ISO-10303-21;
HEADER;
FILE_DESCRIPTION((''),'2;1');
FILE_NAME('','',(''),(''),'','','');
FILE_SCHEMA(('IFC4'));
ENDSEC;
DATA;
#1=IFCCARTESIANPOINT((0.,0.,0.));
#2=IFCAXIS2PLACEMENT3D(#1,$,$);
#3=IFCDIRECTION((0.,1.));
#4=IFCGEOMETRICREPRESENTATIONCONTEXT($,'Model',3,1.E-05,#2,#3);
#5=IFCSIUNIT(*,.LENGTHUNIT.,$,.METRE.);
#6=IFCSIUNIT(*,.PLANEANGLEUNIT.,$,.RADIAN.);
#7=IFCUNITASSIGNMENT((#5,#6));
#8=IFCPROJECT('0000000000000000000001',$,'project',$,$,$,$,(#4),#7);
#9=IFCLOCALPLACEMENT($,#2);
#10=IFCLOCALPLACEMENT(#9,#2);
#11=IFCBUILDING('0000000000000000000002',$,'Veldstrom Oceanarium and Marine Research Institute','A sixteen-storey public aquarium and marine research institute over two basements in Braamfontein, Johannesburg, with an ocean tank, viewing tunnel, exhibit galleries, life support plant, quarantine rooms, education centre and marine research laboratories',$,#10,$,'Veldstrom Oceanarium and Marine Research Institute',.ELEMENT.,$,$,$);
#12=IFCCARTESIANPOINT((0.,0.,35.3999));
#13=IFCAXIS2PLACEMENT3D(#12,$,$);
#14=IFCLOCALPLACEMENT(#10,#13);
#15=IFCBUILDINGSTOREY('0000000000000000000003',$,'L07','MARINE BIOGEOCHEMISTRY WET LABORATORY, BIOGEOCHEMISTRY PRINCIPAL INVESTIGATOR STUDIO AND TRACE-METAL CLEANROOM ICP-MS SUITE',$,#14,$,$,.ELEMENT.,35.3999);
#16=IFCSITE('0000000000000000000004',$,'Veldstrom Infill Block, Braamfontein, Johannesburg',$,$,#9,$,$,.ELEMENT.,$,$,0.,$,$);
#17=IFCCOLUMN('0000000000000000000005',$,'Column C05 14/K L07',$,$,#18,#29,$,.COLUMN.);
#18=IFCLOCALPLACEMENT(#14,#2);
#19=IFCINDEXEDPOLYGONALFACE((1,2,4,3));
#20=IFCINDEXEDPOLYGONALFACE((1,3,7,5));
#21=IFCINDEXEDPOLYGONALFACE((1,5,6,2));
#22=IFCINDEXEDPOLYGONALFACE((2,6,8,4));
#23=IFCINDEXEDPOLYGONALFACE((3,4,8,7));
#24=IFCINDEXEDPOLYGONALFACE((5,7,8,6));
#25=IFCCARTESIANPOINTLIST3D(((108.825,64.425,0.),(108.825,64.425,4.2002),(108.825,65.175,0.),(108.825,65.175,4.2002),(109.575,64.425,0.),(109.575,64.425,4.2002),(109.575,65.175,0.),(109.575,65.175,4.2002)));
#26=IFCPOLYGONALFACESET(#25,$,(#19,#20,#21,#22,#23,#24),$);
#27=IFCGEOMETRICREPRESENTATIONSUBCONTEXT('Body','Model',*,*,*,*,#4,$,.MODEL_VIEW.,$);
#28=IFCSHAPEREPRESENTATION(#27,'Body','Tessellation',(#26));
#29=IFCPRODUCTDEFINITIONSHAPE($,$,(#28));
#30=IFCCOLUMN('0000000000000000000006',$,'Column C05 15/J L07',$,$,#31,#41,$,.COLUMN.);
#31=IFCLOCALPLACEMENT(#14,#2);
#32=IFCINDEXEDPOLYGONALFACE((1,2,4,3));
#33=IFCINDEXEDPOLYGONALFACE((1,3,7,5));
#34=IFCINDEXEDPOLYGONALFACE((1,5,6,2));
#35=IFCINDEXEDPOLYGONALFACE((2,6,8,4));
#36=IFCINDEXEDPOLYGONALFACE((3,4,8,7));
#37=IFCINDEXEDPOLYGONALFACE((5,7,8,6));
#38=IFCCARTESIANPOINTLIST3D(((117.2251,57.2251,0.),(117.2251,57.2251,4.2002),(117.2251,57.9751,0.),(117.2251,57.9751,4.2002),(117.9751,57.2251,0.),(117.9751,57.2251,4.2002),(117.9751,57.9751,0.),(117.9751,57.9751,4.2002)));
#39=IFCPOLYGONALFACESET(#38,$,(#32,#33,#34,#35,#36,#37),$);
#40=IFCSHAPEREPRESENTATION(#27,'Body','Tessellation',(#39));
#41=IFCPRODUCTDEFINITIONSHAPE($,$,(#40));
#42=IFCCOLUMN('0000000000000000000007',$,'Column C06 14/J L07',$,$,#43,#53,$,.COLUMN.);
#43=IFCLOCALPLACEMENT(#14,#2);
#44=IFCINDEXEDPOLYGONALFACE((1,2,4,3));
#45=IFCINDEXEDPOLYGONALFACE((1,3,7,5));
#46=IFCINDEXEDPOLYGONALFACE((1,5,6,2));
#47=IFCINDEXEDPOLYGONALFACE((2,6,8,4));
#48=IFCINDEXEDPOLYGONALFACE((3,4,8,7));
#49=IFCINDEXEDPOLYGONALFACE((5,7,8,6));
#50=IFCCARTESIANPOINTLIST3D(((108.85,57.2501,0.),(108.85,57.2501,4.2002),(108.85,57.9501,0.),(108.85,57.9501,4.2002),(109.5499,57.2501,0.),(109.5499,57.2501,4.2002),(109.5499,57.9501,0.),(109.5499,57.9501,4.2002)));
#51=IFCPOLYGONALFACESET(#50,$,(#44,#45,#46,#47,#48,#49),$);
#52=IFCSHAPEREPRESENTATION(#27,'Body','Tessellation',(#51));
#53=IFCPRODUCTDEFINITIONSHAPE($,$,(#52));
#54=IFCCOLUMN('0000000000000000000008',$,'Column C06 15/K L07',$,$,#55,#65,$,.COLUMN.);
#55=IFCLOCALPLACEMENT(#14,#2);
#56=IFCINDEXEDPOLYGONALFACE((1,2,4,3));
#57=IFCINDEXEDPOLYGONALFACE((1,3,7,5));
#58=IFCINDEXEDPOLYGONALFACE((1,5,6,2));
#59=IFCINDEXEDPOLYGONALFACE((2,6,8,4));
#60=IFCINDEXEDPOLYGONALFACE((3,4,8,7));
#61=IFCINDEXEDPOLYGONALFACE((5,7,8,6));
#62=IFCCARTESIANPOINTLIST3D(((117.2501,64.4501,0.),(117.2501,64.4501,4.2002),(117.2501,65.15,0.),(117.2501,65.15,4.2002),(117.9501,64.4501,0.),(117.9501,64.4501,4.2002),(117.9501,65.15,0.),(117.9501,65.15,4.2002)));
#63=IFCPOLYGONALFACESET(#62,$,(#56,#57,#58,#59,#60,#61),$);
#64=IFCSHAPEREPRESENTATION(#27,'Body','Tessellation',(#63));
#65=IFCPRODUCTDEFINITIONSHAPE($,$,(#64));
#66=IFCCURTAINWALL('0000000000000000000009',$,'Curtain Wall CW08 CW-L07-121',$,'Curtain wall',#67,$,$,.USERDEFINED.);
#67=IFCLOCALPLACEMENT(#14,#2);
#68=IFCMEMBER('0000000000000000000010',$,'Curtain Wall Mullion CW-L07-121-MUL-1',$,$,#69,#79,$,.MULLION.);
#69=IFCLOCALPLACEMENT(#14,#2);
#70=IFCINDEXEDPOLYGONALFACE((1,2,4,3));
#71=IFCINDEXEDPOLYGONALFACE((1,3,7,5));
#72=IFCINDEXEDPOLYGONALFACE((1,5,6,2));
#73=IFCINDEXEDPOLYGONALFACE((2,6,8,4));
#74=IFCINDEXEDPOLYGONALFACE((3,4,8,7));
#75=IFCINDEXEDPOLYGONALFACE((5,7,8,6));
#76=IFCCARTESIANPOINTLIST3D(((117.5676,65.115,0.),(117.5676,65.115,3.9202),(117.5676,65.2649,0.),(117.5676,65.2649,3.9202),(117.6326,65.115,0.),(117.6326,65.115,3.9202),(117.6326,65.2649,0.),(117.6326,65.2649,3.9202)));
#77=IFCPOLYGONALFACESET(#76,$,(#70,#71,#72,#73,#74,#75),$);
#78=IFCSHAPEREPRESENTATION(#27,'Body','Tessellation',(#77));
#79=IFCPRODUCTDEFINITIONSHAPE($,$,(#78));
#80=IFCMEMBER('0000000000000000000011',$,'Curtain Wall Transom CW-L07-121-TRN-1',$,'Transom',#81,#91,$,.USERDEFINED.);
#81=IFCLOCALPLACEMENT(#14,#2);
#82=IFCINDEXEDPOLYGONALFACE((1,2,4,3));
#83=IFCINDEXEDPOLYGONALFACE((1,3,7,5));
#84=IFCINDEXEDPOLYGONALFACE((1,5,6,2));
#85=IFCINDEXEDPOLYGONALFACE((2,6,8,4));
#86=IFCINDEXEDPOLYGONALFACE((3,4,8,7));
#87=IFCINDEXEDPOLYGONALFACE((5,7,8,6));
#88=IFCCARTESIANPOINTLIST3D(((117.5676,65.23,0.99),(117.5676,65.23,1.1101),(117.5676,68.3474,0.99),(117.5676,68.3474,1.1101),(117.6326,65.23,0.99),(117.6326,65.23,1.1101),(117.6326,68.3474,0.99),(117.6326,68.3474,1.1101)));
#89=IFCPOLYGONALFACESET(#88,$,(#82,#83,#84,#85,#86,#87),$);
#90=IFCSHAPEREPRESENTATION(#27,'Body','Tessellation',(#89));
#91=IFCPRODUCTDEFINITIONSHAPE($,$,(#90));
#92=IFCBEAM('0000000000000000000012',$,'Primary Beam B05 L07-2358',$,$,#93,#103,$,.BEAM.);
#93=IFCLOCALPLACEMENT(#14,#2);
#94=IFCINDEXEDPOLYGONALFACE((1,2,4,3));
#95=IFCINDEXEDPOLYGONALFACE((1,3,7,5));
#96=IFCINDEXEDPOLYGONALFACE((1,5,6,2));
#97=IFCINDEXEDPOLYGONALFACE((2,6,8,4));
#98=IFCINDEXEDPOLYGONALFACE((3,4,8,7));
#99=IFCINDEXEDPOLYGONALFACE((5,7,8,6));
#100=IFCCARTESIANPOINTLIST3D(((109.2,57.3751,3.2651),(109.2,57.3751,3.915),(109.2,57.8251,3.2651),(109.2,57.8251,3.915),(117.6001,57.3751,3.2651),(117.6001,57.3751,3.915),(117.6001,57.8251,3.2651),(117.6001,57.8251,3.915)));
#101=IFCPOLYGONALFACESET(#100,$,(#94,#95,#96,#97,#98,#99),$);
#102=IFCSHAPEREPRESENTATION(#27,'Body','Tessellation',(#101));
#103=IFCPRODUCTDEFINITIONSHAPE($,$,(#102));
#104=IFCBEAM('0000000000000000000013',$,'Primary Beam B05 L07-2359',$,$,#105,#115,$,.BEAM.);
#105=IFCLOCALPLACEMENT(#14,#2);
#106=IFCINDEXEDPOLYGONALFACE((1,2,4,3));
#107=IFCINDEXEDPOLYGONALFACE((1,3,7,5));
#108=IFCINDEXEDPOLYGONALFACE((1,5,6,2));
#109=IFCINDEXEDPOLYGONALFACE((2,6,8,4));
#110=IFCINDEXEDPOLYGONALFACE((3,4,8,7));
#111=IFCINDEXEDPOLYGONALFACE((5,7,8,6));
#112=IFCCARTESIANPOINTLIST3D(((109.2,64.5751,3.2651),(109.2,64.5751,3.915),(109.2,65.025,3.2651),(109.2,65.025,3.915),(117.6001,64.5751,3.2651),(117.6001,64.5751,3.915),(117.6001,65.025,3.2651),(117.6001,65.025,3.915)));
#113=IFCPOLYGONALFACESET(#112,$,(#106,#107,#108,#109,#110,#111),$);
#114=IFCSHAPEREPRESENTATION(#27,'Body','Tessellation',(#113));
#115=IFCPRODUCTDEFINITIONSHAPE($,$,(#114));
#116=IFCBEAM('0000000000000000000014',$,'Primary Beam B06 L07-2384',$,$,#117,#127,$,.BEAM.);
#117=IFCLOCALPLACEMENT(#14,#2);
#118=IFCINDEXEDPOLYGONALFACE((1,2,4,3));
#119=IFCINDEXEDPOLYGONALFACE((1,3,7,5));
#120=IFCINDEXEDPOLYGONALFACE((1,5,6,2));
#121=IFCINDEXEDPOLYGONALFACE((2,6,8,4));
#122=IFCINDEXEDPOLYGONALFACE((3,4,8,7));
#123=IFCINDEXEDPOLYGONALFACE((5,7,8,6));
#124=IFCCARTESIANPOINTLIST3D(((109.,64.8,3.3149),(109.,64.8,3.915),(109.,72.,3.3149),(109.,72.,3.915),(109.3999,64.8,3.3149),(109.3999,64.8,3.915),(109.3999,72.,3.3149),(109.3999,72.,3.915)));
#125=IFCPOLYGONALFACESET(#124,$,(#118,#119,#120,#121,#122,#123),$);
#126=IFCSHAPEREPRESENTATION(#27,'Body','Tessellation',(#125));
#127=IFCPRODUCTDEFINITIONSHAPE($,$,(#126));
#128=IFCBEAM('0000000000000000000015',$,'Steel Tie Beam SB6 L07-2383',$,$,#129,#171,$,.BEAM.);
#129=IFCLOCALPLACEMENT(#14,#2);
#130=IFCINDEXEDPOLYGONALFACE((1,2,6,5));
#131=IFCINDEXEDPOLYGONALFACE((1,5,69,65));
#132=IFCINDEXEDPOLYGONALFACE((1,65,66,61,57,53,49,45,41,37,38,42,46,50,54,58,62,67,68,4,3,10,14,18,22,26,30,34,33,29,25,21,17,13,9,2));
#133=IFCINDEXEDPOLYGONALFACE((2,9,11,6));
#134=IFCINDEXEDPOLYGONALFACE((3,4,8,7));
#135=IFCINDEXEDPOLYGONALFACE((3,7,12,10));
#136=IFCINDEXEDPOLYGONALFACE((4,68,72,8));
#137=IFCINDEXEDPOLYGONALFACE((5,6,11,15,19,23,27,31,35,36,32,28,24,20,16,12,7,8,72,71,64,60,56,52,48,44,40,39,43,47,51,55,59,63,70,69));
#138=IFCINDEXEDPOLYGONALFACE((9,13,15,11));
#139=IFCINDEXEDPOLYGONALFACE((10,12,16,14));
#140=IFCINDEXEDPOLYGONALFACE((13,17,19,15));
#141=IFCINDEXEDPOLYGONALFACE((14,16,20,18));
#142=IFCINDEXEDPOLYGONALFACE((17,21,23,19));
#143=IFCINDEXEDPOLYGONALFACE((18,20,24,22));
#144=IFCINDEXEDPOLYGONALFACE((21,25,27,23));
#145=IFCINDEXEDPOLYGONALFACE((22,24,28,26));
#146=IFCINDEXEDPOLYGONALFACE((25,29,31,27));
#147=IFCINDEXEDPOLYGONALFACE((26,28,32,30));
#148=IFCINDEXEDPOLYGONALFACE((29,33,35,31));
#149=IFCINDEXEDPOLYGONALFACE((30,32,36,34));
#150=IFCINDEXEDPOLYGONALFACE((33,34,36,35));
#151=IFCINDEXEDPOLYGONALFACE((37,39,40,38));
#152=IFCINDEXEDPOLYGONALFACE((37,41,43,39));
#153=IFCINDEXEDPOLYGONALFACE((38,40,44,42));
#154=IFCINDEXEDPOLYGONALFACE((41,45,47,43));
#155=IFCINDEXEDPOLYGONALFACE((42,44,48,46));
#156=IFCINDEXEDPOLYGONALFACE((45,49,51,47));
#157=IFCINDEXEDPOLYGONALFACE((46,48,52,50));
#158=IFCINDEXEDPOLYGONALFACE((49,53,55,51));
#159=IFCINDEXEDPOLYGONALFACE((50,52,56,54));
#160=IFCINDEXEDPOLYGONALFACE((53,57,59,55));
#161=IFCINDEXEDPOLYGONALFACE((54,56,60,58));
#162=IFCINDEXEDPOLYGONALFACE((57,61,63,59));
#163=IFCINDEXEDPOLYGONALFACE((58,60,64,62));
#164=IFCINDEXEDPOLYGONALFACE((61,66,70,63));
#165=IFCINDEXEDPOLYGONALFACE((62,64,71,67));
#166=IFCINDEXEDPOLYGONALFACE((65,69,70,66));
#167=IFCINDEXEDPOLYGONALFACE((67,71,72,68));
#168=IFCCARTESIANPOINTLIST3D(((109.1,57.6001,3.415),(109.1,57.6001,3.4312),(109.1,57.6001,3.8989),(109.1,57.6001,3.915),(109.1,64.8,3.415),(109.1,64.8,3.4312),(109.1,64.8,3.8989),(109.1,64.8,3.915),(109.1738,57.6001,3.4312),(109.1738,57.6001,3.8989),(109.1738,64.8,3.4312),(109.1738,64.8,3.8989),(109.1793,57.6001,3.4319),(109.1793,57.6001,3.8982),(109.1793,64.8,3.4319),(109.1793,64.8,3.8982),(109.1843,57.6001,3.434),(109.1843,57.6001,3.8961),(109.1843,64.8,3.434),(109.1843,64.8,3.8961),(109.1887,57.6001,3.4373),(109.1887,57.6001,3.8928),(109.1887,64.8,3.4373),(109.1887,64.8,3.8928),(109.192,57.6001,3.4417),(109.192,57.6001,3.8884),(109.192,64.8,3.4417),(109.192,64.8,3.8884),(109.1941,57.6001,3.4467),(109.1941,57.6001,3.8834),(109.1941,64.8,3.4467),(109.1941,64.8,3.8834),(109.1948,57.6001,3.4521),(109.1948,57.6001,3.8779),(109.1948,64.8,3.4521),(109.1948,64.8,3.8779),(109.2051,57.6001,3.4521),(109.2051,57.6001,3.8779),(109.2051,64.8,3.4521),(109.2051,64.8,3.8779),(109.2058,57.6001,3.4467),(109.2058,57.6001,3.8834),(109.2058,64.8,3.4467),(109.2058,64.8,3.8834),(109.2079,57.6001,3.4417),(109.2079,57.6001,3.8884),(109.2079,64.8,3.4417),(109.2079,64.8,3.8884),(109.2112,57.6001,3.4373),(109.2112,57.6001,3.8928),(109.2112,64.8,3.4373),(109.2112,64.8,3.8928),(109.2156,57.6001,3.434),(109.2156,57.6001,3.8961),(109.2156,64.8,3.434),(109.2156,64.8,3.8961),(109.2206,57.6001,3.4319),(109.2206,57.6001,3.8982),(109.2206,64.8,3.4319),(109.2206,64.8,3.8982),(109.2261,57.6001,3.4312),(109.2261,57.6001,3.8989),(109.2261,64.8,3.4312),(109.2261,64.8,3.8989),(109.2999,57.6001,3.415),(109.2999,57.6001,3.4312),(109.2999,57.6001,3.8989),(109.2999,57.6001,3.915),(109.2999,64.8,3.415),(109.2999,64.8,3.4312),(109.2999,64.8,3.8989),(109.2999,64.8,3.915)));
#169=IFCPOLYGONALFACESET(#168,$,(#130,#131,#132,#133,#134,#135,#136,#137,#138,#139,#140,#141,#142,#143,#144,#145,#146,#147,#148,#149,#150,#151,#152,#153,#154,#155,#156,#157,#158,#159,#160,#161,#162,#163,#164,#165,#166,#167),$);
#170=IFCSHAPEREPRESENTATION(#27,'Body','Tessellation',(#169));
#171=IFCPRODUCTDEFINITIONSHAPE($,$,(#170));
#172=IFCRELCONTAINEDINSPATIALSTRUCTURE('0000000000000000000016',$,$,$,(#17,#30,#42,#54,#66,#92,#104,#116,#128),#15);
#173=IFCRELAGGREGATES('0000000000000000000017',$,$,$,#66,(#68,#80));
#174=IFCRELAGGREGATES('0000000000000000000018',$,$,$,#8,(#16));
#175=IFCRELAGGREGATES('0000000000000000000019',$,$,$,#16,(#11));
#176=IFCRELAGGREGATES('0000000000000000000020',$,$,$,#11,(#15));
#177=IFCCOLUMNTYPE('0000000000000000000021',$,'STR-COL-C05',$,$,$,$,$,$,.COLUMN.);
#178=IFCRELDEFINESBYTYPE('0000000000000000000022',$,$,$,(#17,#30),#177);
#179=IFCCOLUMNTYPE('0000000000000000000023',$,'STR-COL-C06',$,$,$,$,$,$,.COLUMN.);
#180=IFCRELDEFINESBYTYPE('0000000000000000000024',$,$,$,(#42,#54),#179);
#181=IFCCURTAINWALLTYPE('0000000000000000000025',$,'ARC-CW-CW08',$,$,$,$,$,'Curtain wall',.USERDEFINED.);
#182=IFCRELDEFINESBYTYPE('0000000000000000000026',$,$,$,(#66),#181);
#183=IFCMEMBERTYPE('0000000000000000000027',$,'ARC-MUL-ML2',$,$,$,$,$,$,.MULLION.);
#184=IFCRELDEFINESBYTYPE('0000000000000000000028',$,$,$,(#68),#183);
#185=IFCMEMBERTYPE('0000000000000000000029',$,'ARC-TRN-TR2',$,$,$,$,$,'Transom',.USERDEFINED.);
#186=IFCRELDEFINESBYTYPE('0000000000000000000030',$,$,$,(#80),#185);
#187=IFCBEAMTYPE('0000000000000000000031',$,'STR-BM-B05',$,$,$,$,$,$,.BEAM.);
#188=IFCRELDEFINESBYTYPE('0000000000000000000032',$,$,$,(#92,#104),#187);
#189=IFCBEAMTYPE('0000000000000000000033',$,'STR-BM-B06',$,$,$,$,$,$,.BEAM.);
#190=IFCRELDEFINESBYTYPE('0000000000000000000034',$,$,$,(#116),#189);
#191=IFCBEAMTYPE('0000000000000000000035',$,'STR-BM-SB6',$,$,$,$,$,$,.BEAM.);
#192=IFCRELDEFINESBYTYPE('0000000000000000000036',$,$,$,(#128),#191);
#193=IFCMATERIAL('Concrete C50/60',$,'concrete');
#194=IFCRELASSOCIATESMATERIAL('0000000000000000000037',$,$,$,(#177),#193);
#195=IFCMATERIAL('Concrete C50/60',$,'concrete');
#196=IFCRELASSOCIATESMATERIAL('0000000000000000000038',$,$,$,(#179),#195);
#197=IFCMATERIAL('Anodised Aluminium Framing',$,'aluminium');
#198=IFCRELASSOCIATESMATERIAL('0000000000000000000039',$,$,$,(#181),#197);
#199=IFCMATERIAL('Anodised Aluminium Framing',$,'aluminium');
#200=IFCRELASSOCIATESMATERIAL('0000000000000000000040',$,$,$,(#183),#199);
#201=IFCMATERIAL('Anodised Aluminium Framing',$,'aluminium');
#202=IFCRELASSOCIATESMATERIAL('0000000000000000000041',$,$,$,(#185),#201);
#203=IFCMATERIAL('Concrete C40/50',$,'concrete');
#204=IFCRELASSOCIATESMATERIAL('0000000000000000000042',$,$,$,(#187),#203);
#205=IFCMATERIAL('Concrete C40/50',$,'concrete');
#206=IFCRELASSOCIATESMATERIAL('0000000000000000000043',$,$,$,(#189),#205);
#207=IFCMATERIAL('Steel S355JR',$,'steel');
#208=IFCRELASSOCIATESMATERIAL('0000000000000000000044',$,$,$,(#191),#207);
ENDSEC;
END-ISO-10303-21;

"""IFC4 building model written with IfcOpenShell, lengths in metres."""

from ifc_helpers import new_model, si_unit, direction, frame, origin, origin_2d, place, context, subcontext, project, spatial, rectangle, i_section, extrude, material, material_profile, profile_set, type_object, element, aggregate, save


model = new_model("IFC4")

# Units and contexts
model_context = context("Model", 3, precision=1e-05, world=origin(), true_north=direction((0.0, 1.0)))
body_context = subcontext(model_context, "Body", "Model", "MODEL_VIEW")
ifc_project = project(units=[si_unit("LENGTHUNIT", "METRE"), si_unit("PLANEANGLEUNIT", "RADIAN")], contexts=[model_context])

# Site, building, storey
site_placement = place(None, origin())
site = spatial("IfcSite", under=ifc_project, at=site_placement, Name="Veldstrom Infill Block, Braamfontein, Johannesburg", CompositionType="ELEMENT", RefElevation=0.0)
building_placement = place(site_placement, origin())
building = spatial("IfcBuilding", under=site, at=building_placement, Name="Veldstrom Oceanarium and Marine Research Institute", Description="A sixteen-storey public aquarium and marine research institute over two basements in Braamfontein, Johannesburg, with an ocean tank, viewing tunnel, exhibit galleries, life support plant, quarantine rooms, education centre and marine research laboratories", LongName="Veldstrom Oceanarium and Marine Research Institute", CompositionType="ELEMENT")
storey_placement = place(building_placement, frame((0.0, 0.0, 35.3999)))
storey = spatial("IfcBuildingStorey", under=building, at=storey_placement, Name="L07", Description="MARINE BIOGEOCHEMISTRY WET LABORATORY, BIOGEOCHEMISTRY PRINCIPAL INVESTIGATOR STUDIO AND TRACE-METAL CLEANROOM ICP-MS SUITE", CompositionType="ELEMENT", Elevation=35.3999)

# Columns
ifc_material_1 = material(Name="Concrete C50/60", Category="concrete")
ifc_material_profile_1 = material_profile(ifc_material_1, rectangle(XDim=0.75, YDim=0.75, at=origin_2d()), Name="RC-COL-750x750")
ifc_profile_set_1 = profile_set([ifc_material_profile_1], Name="Concrete C50/60")
column_type_1 = type_object("IfcColumnType", Name="STR-COL-C05", PredefinedType="COLUMN", material=ifc_profile_set_1)
for number, where, z_axis, x_axis, name in (
    (1, (109.2, 64.8, 0.0), (0.0, 0.0, 1.0), (1.0, 0.0, 0.0), "Column C05 14/K L07"),
    (2, (117.6001, 57.6001, 0.0), (0.0, 0.0, 1.0), (1.0, 0.0, 0.0), "Column C05 15/J L07"),
):
    element("IfcColumn", number, at=place(storey_placement, frame(where, z_axis=z_axis, x_axis=x_axis)), inside=storey, type_object=column_type_1, Name=name, PredefinedType="COLUMN", context=body_context, shape_type="SweptSolid", body=[
        extrude(rectangle(XDim=0.75, YDim=0.75, at=origin_2d()), origin(), (0.0, 0.0, 1.0), 4.2002),
    ])
ifc_material_2 = material(Name="Concrete C50/60", Category="concrete")
ifc_material_profile_2 = material_profile(ifc_material_2, rectangle(XDim=0.7, YDim=0.7, at=origin_2d()), Name="RC-COL-700x700")
ifc_profile_set_2 = profile_set([ifc_material_profile_2], Name="Concrete C50/60")
column_type_2 = type_object("IfcColumnType", Name="STR-COL-C06", PredefinedType="COLUMN", material=ifc_profile_set_2)
for number, where, z_axis, x_axis, name in (
    (3, (109.2, 57.6001, 0.0), (0.0, 0.0, 1.0), (1.0, 0.0, 0.0), "Column C06 14/J L07"),
    (4, (117.6001, 64.8, 0.0), (0.0, 0.0, 1.0), (1.0, 0.0, 0.0), "Column C06 15/K L07"),
):
    element("IfcColumn", number, at=place(storey_placement, frame(where, z_axis=z_axis, x_axis=x_axis)), inside=storey, type_object=column_type_2, Name=name, PredefinedType="COLUMN", context=body_context, shape_type="SweptSolid", body=[
        extrude(rectangle(XDim=0.7, YDim=0.7, at=origin_2d()), origin(), (0.0, 0.0, 1.0), 4.2002),
    ])

# Curtain wall, members
ifc_material_3 = material(Name="Anodised Aluminium Framing", Category="aluminium")
curtain_wall_type = type_object("IfcCurtainWallType", Name="ARC-CW-CW08", ElementType="Curtain wall", PredefinedType="USERDEFINED", material=ifc_material_3)
curtain_wall_placement = place(storey_placement, origin())
curtain_wall = element("IfcCurtainWall", 5, at=curtain_wall_placement, inside=storey, type_object=curtain_wall_type, Name="Curtain Wall CW08 CW-L07-121", ObjectType="Curtain wall", PredefinedType="USERDEFINED")
ifc_material_4 = material(Name="Anodised Aluminium Framing", Category="aluminium")
ifc_material_profile_3 = material_profile(ifc_material_4, rectangle(XDim=0.0649, YDim=0.1499, at=origin_2d()), Name="ALU-MUL-65x150")
ifc_profile_set_3 = profile_set([ifc_material_profile_3], Name="Anodised Aluminium Framing")
member_type_1 = type_object("IfcMemberType", Name="ARC-MUL-ML2", PredefinedType="MULLION", material=ifc_profile_set_3)
member_1_placement = place(storey_placement, frame((117.6001, 65.1899, 0.0), z_axis=(0.0, 0.0, 1.0), x_axis=(1.0, 0.0, 0.0)))
member_1 = element("IfcMember", 6, at=member_1_placement, type_object=member_type_1, Name="Curtain Wall Mullion CW-L07-121-MUL-1", PredefinedType="MULLION", context=body_context, shape_type="SweptSolid", body=[
    extrude(rectangle(XDim=0.0649, YDim=0.1499, at=origin_2d()), origin(), (0.0, 0.0, 1.0), 3.9202),
])
ifc_material_5 = material(Name="Anodised Aluminium Framing", Category="aluminium")
ifc_material_profile_4 = material_profile(ifc_material_5, rectangle(XDim=0.0649, YDim=0.1201, at=origin_2d()), Name="ALU-TRN-65x120")
ifc_profile_set_4 = profile_set([ifc_material_profile_4], Name="Anodised Aluminium Framing")
member_type_2 = type_object("IfcMemberType", Name="ARC-TRN-TR2", ElementType="Transom", PredefinedType="USERDEFINED", material=ifc_profile_set_4)
member_2_placement = place(storey_placement, frame((117.6001, 65.23, 1.05), z_axis=(0.0, 1.0, 0.0), x_axis=(-1.0, 0.0, 0.0)))
member_2 = element("IfcMember", 7, at=member_2_placement, type_object=member_type_2, Name="Curtain Wall Transom CW-L07-121-TRN-1", ObjectType="Transom", PredefinedType="USERDEFINED", context=body_context, shape_type="SweptSolid", body=[
    extrude(rectangle(XDim=0.0649, YDim=0.1201, at=origin_2d()), origin(), (0.0, 0.0, 1.0), 3.1174),
])
aggregate(curtain_wall, [member_1, member_2])

# Beams
ifc_material_6 = material(Name="Concrete C40/50", Category="concrete")
ifc_material_profile_5 = material_profile(ifc_material_6, rectangle(XDim=0.45, YDim=0.6499, at=origin_2d()), Name="RC-BM-450x650")
ifc_profile_set_5 = profile_set([ifc_material_profile_5], Name="Concrete C40/50")
beam_type_1 = type_object("IfcBeamType", Name="STR-BM-B05", PredefinedType="BEAM", material=ifc_profile_set_5)
for number, where, z_axis, x_axis, name in (
    (8, (109.2, 57.6001, 3.5901), (1.0, 0.0, 0.0), (0.0, 1.0, 0.0), "Primary Beam B05 L07-2358"),
    (9, (109.2, 64.8, 3.5901), (1.0, 0.0, 0.0), (0.0, 1.0, 0.0), "Primary Beam B05 L07-2359"),
):
    element("IfcBeam", number, at=place(storey_placement, frame(where, z_axis=z_axis, x_axis=x_axis)), inside=storey, type_object=beam_type_1, Name=name, PredefinedType="BEAM", context=body_context, shape_type="SweptSolid", body=[
        extrude(rectangle(XDim=0.45, YDim=0.6499, at=origin_2d()), origin(), (0.0, 0.0, 1.0), 8.4001),
    ])
ifc_material_7 = material(Name="Concrete C40/50", Category="concrete")
ifc_material_profile_6 = material_profile(ifc_material_7, rectangle(XDim=0.3999, YDim=0.6001, at=origin_2d()), Name="RC-BM-400x600")
ifc_profile_set_6 = profile_set([ifc_material_profile_6], Name="Concrete C40/50")
beam_type_2 = type_object("IfcBeamType", Name="STR-BM-B06", PredefinedType="BEAM", material=ifc_profile_set_6)
beam_1_placement = place(storey_placement, frame((109.2, 64.8, 3.615), z_axis=(0.0, 1.0, 0.0), x_axis=(-1.0, 0.0, 0.0)))
element("IfcBeam", 10, at=beam_1_placement, inside=storey, type_object=beam_type_2, Name="Primary Beam B06 L07-2384", PredefinedType="BEAM", context=body_context, shape_type="SweptSolid", body=[
    extrude(rectangle(XDim=0.3999, YDim=0.6001, at=origin_2d()), origin(), (0.0, 0.0, 1.0), 7.2),
])
ifc_material_8 = material(Name="Steel S355JR", Category="steel")
ifc_material_profile_7 = material_profile(ifc_material_8, i_section(OverallWidth=0.2, OverallDepth=0.5, WebThickness=0.0103, FlangeThickness=0.0161, FilletRadius=0.021, at=origin_2d()), Name="IPE 500")
ifc_profile_set_7 = profile_set([ifc_material_profile_7], Name="Steel S355JR")
beam_type_3 = type_object("IfcBeamType", Name="STR-BM-SB6", PredefinedType="BEAM", material=ifc_profile_set_7)
beam_2_placement = place(storey_placement, frame((109.2, 57.6001, 3.665), z_axis=(0.0, 1.0, 0.0), x_axis=(-1.0, 0.0, 0.0)))
element("IfcBeam", 11, at=beam_2_placement, inside=storey, type_object=beam_type_3, Name="Steel Tie Beam SB6 L07-2383", PredefinedType="BEAM", context=body_context, shape_type="SweptSolid", body=[
    extrude(i_section(OverallWidth=0.2, OverallDepth=0.5, WebThickness=0.0103, FlangeThickness=0.0161, FilletRadius=0.021, at=origin_2d()), origin(), (0.0, 0.0, 1.0), 7.2),
])

save(model, "model.ifc")
